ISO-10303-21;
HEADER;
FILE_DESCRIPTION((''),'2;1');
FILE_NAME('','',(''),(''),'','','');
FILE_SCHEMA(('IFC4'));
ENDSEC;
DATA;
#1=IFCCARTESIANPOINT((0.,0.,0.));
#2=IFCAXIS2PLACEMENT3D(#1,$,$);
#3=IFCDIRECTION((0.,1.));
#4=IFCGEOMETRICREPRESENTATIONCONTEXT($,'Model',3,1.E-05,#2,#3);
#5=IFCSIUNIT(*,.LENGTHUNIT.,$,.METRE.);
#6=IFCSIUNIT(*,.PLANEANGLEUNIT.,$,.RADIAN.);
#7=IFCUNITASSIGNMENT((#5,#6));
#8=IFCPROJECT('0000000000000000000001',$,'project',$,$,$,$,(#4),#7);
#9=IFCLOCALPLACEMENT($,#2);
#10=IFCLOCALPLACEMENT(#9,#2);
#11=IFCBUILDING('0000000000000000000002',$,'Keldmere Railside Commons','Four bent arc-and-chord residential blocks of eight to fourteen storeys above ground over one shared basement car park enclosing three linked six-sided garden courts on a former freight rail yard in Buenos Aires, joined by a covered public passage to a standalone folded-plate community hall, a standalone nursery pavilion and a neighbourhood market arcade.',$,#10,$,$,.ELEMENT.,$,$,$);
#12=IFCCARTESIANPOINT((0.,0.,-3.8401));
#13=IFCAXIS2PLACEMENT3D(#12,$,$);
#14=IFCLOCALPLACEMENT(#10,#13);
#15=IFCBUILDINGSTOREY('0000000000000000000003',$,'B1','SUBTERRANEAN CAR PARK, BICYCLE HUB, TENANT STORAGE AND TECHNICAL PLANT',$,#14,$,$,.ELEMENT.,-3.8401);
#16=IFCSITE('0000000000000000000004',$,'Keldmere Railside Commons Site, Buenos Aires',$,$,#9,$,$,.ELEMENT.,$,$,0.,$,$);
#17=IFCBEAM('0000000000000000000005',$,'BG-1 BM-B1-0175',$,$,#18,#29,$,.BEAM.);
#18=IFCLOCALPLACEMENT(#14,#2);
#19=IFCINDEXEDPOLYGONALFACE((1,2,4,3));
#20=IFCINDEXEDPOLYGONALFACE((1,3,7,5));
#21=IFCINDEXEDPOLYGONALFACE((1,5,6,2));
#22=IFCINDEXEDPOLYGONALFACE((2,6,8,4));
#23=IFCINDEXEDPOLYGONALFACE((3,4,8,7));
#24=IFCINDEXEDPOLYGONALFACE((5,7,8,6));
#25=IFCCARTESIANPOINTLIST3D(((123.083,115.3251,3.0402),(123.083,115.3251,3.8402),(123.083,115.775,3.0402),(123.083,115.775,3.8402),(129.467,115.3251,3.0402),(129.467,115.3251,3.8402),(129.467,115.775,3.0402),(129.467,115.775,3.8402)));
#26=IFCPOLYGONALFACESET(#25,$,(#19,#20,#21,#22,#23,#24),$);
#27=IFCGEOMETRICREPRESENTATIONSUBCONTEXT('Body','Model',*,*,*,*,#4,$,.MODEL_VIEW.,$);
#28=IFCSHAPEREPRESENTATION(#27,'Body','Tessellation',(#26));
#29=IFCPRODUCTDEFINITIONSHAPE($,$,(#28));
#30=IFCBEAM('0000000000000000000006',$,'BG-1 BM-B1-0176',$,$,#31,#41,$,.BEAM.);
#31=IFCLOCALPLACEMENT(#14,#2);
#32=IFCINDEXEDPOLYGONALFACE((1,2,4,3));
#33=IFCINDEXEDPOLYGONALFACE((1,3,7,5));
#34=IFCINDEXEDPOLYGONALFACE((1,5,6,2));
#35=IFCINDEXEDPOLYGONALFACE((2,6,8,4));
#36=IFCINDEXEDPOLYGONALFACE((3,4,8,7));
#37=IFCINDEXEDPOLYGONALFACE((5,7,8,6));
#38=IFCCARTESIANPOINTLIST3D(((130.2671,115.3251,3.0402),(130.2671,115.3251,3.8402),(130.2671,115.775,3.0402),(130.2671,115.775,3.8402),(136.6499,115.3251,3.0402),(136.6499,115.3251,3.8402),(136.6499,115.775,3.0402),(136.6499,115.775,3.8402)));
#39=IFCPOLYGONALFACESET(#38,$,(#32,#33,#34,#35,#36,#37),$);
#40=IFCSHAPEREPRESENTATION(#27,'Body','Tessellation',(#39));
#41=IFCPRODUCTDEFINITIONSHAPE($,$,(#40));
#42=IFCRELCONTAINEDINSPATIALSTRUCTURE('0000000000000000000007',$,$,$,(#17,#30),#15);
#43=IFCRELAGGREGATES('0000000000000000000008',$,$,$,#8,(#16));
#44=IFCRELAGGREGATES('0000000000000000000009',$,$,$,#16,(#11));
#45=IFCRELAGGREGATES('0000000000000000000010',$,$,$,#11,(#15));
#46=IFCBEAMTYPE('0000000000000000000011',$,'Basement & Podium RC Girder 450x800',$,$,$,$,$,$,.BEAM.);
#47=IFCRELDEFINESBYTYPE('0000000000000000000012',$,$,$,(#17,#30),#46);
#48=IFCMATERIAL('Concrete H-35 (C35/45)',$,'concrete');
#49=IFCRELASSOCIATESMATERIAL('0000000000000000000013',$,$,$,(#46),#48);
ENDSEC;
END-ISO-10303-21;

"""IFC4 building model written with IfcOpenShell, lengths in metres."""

from ifc_helpers import new_model, si_unit, direction, frame, origin, origin_2d, place, context, subcontext, project, spatial, rectangle, extrude, material, material_profile, profile_set, type_object, element, save


model = new_model("IFC4")

# Units and contexts
model_context = context("Model", 3, precision=1e-05, world=origin(), true_north=direction((0.0, 1.0)))
body_context = subcontext(model_context, "Body", "Model", "MODEL_VIEW")
ifc_project = project(units=[si_unit("LENGTHUNIT", "METRE"), si_unit("PLANEANGLEUNIT", "RADIAN")], contexts=[model_context])

# Site, building, storey
site_placement = place(None, origin())
site = spatial("IfcSite", under=ifc_project, at=site_placement, Name="Keldmere Railside Commons Site, Buenos Aires", CompositionType="ELEMENT", RefElevation=0.0)
building_placement = place(site_placement, origin())
building = spatial("IfcBuilding", under=site, at=building_placement, Name="Keldmere Railside Commons", Description="Four bent arc-and-chord residential blocks of eight to fourteen storeys above ground over one shared basement car park enclosing three linked six-sided garden courts on a former freight rail yard in Buenos Aires, joined by a covered public passage to a standalone folded-plate community hall, a standalone nursery pavilion and a neighbourhood market arcade.", CompositionType="ELEMENT")
storey_placement = place(building_placement, frame((0.0, 0.0, -3.8401)))
storey = spatial("IfcBuildingStorey", under=building, at=storey_placement, Name="B1", Description="SUBTERRANEAN CAR PARK, BICYCLE HUB, TENANT STORAGE AND TECHNICAL PLANT", CompositionType="ELEMENT", Elevation=-3.8401)

# Beams
ifc_material_1 = material(Name="Concrete H-35 (C35/45)", Category="concrete")
ifc_material_profile_1 = material_profile(ifc_material_1, rectangle(XDim=0.45, YDim=0.8, at=origin_2d()), Name="RC-450x800")
ifc_profile_set_1 = profile_set([ifc_material_profile_1], Name="Concrete H-35 (C35/45)")
beam_type = type_object("IfcBeamType", Name="Basement & Podium RC Girder 450x800", PredefinedType="BEAM", material=ifc_profile_set_1)
beam_1_placement = place(storey_placement, frame((123.083, 115.55, 3.4402), z_axis=(1.0, 0.0, 0.0), x_axis=(0.0, 1.0, 0.0)))
element("IfcBeam", 1, at=beam_1_placement, inside=storey, type_object=beam_type, Name="BG-1 BM-B1-0175", PredefinedType="BEAM", context=body_context, shape_type="SweptSolid", body=[
    extrude(rectangle(XDim=0.45, YDim=0.8, at=origin_2d()), origin(), (0.0, 0.0, 1.0), 6.384),
])
beam_2_placement = place(storey_placement, frame((130.2671, 115.55, 3.4402), z_axis=(1.0, 0.0, 0.0), x_axis=(0.0, 1.0, 0.0)))
element("IfcBeam", 2, at=beam_2_placement, inside=storey, type_object=beam_type, Name="BG-1 BM-B1-0176", PredefinedType="BEAM", context=body_context, shape_type="SweptSolid", body=[
    extrude(rectangle(XDim=0.45, YDim=0.8, at=origin_2d()), origin(), (0.0, 0.0, 1.0), 6.3828),
])

save(model, "model.ifc")
